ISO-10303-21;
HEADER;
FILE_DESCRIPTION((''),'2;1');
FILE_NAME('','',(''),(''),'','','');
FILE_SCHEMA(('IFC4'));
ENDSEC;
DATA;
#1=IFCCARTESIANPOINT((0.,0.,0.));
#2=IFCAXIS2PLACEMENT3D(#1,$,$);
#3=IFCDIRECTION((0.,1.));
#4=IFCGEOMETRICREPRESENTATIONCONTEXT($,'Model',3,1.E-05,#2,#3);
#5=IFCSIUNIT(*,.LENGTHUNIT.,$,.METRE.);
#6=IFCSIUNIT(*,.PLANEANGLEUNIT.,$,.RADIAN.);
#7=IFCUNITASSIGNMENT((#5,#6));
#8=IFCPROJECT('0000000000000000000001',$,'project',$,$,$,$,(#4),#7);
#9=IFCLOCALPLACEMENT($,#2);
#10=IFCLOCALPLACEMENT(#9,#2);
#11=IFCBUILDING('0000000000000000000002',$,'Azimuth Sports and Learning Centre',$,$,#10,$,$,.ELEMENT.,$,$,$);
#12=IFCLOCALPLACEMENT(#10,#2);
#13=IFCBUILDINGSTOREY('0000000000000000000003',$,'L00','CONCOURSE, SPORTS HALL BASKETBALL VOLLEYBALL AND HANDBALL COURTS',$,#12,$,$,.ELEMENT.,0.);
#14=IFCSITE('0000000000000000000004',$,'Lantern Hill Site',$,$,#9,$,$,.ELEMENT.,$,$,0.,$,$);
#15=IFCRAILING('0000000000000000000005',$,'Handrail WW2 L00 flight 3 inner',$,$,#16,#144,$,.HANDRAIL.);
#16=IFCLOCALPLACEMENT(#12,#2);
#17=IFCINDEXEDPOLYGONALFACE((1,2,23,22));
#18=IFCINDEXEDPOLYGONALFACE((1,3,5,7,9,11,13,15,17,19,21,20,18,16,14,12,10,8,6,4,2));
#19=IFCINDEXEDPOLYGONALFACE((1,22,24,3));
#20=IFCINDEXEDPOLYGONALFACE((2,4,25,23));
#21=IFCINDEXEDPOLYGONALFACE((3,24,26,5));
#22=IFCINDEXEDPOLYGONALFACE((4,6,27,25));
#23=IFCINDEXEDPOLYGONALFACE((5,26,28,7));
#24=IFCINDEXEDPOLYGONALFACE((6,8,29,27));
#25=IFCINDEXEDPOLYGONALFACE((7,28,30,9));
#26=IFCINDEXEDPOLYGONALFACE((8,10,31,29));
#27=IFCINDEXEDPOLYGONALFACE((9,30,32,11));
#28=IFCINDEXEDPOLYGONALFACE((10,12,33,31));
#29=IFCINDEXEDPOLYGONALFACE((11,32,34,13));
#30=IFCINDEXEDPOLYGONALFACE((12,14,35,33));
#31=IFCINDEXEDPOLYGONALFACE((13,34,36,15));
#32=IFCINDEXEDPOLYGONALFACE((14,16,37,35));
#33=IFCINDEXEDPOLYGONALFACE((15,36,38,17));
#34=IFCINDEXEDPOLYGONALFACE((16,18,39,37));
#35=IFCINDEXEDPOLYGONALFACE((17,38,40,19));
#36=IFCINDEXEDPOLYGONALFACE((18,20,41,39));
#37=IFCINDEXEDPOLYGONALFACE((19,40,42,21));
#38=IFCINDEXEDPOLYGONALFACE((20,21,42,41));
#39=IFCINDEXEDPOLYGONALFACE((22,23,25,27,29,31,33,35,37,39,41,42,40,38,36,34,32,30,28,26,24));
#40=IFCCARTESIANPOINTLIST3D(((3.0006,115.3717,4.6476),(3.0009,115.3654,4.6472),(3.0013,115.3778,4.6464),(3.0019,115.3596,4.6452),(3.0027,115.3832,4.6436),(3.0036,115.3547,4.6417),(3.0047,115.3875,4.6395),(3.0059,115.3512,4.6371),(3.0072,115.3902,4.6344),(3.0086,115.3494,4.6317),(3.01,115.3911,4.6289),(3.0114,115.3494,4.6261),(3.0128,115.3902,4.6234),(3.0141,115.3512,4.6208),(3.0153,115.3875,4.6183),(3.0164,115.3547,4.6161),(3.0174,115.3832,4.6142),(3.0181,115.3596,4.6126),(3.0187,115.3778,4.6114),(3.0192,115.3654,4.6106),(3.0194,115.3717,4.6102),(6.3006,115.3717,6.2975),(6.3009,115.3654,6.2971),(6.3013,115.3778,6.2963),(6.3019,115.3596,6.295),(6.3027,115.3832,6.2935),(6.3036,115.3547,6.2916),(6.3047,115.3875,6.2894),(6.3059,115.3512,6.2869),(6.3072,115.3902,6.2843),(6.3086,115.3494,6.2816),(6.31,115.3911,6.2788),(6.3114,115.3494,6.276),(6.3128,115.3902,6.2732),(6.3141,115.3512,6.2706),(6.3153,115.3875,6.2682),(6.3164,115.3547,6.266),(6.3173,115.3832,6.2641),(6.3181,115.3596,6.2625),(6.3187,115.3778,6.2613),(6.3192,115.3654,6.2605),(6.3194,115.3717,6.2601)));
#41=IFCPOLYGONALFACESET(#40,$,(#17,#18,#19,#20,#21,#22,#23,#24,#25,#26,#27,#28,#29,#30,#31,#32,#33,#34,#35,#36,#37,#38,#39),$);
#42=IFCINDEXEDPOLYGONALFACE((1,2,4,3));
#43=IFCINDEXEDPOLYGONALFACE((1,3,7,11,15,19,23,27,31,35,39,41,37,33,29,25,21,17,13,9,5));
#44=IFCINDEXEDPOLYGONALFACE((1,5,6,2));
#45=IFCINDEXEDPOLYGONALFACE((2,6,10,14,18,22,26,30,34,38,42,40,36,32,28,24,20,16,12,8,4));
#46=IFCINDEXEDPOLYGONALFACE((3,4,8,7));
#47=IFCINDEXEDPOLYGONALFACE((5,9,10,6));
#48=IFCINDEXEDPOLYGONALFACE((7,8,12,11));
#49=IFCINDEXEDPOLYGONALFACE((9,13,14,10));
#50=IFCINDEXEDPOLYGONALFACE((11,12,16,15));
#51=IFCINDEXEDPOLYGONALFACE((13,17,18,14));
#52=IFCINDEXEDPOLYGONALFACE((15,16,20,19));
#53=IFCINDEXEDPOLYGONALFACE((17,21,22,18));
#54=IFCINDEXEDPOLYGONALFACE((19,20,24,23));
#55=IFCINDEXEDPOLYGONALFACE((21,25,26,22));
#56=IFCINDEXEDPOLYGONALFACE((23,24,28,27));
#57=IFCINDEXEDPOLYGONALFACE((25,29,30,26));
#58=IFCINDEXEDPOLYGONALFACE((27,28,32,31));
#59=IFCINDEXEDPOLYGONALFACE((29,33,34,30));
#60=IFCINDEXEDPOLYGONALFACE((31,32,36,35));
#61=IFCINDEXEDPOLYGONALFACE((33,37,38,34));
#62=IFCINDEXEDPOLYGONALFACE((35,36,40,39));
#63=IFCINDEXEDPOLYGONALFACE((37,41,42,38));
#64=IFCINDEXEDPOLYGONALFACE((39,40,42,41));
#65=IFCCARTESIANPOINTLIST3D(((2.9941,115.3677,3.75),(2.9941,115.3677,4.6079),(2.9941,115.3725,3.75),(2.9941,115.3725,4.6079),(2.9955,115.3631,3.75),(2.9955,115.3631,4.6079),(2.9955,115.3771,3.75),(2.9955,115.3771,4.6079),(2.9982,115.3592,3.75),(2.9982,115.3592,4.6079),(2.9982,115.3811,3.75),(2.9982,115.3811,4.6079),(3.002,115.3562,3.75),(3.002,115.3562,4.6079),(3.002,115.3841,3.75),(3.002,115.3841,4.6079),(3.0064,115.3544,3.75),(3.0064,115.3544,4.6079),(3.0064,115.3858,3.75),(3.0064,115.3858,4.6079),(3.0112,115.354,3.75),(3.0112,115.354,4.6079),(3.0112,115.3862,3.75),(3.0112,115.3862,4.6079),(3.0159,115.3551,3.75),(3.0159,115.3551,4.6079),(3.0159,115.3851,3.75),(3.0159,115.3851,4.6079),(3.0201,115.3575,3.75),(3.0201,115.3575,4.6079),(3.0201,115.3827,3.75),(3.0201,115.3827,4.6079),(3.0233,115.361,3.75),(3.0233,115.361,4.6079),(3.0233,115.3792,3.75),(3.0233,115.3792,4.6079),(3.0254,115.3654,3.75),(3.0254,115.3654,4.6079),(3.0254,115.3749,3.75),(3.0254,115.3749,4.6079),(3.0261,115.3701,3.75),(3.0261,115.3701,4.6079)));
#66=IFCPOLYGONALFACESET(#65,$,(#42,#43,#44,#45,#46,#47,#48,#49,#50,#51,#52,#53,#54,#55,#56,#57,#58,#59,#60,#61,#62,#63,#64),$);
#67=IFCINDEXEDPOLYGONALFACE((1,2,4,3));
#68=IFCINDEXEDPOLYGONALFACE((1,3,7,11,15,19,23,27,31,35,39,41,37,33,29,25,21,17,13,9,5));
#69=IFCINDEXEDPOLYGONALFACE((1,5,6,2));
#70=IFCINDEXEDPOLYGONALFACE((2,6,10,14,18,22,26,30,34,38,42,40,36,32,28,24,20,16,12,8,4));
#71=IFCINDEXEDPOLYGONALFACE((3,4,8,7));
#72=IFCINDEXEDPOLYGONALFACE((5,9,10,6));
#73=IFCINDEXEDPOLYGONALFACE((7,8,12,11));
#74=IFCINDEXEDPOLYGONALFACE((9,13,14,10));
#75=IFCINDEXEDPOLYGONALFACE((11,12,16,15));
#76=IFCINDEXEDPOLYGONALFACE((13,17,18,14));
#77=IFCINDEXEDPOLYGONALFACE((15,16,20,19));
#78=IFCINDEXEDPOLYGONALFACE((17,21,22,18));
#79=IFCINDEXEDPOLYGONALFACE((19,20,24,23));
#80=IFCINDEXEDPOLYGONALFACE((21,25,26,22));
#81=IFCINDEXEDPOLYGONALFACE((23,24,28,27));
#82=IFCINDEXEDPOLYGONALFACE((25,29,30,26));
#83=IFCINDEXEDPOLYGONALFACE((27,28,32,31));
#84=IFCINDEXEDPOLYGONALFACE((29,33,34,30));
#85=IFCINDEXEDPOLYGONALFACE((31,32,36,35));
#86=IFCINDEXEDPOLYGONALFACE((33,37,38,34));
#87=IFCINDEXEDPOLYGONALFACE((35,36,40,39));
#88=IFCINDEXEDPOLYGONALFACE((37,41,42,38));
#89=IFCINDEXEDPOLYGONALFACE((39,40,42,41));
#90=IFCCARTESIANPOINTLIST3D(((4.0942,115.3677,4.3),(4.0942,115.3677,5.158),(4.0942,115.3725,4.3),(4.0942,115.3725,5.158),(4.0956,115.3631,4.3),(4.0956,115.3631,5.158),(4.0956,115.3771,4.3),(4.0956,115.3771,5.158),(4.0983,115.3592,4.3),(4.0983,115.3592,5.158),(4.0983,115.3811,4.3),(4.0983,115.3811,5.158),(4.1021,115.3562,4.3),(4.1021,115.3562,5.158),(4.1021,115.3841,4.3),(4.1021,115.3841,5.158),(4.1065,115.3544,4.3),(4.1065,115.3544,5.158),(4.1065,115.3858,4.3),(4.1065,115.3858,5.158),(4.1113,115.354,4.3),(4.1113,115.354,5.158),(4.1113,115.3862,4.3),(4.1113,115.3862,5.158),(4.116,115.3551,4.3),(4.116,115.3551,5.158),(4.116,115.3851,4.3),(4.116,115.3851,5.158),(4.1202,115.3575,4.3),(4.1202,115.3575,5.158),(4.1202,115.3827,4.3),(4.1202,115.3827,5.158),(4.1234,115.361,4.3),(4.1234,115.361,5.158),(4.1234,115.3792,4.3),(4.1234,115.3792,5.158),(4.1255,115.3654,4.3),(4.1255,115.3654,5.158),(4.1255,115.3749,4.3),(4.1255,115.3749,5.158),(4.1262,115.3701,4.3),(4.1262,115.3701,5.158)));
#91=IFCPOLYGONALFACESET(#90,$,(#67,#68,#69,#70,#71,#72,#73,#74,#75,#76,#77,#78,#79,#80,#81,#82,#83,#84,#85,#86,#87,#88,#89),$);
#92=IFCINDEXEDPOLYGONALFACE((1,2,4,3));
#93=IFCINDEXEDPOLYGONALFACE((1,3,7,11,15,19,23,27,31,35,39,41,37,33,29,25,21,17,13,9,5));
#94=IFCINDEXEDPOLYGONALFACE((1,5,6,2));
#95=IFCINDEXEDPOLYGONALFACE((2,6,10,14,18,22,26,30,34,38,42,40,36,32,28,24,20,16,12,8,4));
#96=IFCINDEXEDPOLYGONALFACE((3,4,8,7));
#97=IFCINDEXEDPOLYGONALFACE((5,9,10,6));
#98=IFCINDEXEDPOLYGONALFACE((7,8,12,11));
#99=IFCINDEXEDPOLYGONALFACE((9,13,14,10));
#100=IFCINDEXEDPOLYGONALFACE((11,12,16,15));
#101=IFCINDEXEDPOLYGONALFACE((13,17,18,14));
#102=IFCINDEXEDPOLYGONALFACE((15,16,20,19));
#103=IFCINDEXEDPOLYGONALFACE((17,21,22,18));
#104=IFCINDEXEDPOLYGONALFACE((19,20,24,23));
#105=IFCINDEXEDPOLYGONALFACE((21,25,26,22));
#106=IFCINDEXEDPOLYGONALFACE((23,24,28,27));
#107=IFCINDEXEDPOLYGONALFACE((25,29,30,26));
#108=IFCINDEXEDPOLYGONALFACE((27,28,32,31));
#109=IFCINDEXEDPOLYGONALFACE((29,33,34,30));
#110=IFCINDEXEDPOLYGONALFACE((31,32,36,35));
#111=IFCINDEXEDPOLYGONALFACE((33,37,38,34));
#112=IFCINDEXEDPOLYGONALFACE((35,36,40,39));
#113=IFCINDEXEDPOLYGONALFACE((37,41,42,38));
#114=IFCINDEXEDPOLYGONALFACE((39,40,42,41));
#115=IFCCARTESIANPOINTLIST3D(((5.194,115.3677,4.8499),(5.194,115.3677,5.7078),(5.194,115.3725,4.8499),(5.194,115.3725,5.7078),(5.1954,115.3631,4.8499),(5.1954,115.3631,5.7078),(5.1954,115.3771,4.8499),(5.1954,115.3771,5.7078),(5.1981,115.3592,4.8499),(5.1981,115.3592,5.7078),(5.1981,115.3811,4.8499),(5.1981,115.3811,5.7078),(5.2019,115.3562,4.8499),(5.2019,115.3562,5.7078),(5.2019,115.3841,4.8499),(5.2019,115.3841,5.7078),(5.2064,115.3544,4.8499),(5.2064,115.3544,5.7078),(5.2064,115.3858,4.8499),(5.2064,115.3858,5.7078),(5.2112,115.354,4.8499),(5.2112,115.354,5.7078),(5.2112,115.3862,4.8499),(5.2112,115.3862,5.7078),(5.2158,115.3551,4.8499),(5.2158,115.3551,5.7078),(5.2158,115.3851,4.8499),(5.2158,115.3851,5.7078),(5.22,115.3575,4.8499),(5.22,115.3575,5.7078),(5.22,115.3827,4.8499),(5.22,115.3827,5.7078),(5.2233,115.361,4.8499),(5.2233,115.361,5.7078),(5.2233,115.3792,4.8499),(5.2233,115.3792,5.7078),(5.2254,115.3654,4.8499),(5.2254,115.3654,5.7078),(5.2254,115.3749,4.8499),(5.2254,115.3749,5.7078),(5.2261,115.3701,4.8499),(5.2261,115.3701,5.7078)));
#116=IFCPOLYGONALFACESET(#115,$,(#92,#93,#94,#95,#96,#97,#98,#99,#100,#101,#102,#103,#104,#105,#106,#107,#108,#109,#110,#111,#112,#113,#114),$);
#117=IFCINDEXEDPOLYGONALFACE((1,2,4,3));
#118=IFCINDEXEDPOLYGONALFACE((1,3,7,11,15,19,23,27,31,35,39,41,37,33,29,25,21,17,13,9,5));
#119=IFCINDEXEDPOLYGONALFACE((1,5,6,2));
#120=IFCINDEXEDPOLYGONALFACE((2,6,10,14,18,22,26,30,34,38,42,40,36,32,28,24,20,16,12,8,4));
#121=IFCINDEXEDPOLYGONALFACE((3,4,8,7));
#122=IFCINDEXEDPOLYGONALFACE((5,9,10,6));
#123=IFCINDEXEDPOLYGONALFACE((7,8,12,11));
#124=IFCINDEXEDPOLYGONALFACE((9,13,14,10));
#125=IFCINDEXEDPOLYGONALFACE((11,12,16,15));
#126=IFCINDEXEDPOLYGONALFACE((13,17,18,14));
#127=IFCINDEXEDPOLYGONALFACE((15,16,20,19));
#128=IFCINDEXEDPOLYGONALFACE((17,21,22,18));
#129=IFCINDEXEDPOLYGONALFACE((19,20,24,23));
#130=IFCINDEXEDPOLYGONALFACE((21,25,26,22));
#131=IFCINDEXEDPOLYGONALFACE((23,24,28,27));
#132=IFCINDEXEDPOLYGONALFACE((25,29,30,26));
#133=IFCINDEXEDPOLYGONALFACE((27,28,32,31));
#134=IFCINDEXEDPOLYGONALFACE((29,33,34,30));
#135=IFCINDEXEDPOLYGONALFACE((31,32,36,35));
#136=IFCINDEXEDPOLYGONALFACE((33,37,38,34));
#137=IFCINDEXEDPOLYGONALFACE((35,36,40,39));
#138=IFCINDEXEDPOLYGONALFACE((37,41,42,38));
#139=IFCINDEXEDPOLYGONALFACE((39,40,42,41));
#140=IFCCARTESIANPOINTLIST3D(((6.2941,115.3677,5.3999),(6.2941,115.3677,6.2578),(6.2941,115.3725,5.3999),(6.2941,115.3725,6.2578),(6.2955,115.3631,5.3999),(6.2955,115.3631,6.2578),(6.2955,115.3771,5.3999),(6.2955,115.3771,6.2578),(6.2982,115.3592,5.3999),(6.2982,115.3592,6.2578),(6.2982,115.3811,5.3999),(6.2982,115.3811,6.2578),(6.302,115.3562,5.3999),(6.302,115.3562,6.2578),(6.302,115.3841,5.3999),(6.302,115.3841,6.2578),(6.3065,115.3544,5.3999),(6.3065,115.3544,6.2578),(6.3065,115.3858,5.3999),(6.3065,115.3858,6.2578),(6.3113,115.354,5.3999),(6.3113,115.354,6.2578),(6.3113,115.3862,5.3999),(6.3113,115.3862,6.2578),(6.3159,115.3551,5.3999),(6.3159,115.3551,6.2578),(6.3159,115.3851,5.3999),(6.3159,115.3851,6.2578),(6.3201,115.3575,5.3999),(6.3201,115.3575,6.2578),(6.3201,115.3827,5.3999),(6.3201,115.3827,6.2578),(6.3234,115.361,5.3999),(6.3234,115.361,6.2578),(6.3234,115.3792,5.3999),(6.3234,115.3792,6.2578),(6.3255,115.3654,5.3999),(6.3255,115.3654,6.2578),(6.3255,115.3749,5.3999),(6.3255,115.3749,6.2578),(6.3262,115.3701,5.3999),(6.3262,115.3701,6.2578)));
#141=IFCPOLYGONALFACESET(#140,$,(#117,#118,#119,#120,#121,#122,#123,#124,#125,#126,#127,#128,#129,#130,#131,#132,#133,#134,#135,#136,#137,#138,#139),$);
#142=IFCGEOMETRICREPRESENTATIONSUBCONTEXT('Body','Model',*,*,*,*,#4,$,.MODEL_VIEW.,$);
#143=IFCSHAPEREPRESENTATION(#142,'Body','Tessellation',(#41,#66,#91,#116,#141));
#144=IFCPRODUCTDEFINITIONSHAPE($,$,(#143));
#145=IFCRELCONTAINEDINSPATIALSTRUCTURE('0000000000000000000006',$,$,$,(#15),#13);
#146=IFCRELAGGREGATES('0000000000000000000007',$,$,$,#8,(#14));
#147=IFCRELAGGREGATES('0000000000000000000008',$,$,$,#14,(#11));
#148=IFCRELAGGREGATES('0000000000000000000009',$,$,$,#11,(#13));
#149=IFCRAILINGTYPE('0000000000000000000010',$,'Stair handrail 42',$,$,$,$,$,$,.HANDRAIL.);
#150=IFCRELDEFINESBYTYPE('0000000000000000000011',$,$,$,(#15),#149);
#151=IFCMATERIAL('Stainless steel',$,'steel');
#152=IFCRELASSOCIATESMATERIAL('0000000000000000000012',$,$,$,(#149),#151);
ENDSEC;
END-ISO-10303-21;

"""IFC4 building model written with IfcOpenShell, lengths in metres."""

from ifc_helpers import new_model, si_unit, direction, frame, origin, origin_2d, place, context, subcontext, project, spatial, circle, extrude, material, type_object, element, save


model = new_model("IFC4")

# Units and contexts
model_context = context("Model", 3, precision=1e-05, world=origin(), true_north=direction((0.0, 1.0)))
body_context = subcontext(model_context, "Body", "Model", "MODEL_VIEW")
ifc_project = project(units=[si_unit("LENGTHUNIT", "METRE"), si_unit("PLANEANGLEUNIT", "RADIAN")], contexts=[model_context])

# Site, building, storey
site_placement = place(None, origin())
site = spatial("IfcSite", under=ifc_project, at=site_placement, Name="Lantern Hill Site", CompositionType="ELEMENT", RefElevation=0.0)
building_placement = place(site_placement, origin())
building = spatial("IfcBuilding", under=site, at=building_placement, Name="Azimuth Sports and Learning Centre", CompositionType="ELEMENT")
storey_placement = place(building_placement, origin())
storey = spatial("IfcBuildingStorey", under=building, at=storey_placement, Name="L00", Description="CONCOURSE, SPORTS HALL BASKETBALL VOLLEYBALL AND HANDBALL COURTS", CompositionType="ELEMENT", Elevation=0.0)

# Railing
ifc_material_1 = material(Name="Stainless steel", Category="steel")
railing_type = type_object("IfcRailingType", Name="Stair handrail 42", PredefinedType="HANDRAIL", material=ifc_material_1)
for number, where, name in (
    (1, (3.01, 115.3701, 3.75), "Handrail WW2 L00 flight 3 inner"),
):
    element("IfcRailing", number, at=place(storey_placement, frame(where)), inside=storey, type_object=railing_type, Name=name, PredefinedType="HANDRAIL", context=body_context, shape_type="SweptSolid", body=[
        extrude(circle(Radius=0.021, at=origin_2d()), frame((0.0, 0.0, 0.8789), z_axis=(0.89444, 0.0, 0.447187), x_axis=(0.0, 1.0, 0.0)), (0.0, 0.0, 1.0), 3.6895),
        extrude(circle(Radius=0.0161, at=origin_2d()), origin(), (0.0, 0.0, 1.0), 0.8579),
        extrude(circle(Radius=0.0161, at=origin_2d()), frame((1.1001, 0.0, 0.55)), (0.0, 0.0, 1.0), 0.8579),
        extrude(circle(Radius=0.0161, at=origin_2d()), frame((2.2, 0.0, 1.0999)), (0.0, 0.0, 1.0), 0.8579),
        extrude(circle(Radius=0.0161, at=origin_2d()), frame((3.3, 0.0, 1.6499)), (0.0, 0.0, 1.0), 0.8579),
    ])

save(model, "model.ifc")
